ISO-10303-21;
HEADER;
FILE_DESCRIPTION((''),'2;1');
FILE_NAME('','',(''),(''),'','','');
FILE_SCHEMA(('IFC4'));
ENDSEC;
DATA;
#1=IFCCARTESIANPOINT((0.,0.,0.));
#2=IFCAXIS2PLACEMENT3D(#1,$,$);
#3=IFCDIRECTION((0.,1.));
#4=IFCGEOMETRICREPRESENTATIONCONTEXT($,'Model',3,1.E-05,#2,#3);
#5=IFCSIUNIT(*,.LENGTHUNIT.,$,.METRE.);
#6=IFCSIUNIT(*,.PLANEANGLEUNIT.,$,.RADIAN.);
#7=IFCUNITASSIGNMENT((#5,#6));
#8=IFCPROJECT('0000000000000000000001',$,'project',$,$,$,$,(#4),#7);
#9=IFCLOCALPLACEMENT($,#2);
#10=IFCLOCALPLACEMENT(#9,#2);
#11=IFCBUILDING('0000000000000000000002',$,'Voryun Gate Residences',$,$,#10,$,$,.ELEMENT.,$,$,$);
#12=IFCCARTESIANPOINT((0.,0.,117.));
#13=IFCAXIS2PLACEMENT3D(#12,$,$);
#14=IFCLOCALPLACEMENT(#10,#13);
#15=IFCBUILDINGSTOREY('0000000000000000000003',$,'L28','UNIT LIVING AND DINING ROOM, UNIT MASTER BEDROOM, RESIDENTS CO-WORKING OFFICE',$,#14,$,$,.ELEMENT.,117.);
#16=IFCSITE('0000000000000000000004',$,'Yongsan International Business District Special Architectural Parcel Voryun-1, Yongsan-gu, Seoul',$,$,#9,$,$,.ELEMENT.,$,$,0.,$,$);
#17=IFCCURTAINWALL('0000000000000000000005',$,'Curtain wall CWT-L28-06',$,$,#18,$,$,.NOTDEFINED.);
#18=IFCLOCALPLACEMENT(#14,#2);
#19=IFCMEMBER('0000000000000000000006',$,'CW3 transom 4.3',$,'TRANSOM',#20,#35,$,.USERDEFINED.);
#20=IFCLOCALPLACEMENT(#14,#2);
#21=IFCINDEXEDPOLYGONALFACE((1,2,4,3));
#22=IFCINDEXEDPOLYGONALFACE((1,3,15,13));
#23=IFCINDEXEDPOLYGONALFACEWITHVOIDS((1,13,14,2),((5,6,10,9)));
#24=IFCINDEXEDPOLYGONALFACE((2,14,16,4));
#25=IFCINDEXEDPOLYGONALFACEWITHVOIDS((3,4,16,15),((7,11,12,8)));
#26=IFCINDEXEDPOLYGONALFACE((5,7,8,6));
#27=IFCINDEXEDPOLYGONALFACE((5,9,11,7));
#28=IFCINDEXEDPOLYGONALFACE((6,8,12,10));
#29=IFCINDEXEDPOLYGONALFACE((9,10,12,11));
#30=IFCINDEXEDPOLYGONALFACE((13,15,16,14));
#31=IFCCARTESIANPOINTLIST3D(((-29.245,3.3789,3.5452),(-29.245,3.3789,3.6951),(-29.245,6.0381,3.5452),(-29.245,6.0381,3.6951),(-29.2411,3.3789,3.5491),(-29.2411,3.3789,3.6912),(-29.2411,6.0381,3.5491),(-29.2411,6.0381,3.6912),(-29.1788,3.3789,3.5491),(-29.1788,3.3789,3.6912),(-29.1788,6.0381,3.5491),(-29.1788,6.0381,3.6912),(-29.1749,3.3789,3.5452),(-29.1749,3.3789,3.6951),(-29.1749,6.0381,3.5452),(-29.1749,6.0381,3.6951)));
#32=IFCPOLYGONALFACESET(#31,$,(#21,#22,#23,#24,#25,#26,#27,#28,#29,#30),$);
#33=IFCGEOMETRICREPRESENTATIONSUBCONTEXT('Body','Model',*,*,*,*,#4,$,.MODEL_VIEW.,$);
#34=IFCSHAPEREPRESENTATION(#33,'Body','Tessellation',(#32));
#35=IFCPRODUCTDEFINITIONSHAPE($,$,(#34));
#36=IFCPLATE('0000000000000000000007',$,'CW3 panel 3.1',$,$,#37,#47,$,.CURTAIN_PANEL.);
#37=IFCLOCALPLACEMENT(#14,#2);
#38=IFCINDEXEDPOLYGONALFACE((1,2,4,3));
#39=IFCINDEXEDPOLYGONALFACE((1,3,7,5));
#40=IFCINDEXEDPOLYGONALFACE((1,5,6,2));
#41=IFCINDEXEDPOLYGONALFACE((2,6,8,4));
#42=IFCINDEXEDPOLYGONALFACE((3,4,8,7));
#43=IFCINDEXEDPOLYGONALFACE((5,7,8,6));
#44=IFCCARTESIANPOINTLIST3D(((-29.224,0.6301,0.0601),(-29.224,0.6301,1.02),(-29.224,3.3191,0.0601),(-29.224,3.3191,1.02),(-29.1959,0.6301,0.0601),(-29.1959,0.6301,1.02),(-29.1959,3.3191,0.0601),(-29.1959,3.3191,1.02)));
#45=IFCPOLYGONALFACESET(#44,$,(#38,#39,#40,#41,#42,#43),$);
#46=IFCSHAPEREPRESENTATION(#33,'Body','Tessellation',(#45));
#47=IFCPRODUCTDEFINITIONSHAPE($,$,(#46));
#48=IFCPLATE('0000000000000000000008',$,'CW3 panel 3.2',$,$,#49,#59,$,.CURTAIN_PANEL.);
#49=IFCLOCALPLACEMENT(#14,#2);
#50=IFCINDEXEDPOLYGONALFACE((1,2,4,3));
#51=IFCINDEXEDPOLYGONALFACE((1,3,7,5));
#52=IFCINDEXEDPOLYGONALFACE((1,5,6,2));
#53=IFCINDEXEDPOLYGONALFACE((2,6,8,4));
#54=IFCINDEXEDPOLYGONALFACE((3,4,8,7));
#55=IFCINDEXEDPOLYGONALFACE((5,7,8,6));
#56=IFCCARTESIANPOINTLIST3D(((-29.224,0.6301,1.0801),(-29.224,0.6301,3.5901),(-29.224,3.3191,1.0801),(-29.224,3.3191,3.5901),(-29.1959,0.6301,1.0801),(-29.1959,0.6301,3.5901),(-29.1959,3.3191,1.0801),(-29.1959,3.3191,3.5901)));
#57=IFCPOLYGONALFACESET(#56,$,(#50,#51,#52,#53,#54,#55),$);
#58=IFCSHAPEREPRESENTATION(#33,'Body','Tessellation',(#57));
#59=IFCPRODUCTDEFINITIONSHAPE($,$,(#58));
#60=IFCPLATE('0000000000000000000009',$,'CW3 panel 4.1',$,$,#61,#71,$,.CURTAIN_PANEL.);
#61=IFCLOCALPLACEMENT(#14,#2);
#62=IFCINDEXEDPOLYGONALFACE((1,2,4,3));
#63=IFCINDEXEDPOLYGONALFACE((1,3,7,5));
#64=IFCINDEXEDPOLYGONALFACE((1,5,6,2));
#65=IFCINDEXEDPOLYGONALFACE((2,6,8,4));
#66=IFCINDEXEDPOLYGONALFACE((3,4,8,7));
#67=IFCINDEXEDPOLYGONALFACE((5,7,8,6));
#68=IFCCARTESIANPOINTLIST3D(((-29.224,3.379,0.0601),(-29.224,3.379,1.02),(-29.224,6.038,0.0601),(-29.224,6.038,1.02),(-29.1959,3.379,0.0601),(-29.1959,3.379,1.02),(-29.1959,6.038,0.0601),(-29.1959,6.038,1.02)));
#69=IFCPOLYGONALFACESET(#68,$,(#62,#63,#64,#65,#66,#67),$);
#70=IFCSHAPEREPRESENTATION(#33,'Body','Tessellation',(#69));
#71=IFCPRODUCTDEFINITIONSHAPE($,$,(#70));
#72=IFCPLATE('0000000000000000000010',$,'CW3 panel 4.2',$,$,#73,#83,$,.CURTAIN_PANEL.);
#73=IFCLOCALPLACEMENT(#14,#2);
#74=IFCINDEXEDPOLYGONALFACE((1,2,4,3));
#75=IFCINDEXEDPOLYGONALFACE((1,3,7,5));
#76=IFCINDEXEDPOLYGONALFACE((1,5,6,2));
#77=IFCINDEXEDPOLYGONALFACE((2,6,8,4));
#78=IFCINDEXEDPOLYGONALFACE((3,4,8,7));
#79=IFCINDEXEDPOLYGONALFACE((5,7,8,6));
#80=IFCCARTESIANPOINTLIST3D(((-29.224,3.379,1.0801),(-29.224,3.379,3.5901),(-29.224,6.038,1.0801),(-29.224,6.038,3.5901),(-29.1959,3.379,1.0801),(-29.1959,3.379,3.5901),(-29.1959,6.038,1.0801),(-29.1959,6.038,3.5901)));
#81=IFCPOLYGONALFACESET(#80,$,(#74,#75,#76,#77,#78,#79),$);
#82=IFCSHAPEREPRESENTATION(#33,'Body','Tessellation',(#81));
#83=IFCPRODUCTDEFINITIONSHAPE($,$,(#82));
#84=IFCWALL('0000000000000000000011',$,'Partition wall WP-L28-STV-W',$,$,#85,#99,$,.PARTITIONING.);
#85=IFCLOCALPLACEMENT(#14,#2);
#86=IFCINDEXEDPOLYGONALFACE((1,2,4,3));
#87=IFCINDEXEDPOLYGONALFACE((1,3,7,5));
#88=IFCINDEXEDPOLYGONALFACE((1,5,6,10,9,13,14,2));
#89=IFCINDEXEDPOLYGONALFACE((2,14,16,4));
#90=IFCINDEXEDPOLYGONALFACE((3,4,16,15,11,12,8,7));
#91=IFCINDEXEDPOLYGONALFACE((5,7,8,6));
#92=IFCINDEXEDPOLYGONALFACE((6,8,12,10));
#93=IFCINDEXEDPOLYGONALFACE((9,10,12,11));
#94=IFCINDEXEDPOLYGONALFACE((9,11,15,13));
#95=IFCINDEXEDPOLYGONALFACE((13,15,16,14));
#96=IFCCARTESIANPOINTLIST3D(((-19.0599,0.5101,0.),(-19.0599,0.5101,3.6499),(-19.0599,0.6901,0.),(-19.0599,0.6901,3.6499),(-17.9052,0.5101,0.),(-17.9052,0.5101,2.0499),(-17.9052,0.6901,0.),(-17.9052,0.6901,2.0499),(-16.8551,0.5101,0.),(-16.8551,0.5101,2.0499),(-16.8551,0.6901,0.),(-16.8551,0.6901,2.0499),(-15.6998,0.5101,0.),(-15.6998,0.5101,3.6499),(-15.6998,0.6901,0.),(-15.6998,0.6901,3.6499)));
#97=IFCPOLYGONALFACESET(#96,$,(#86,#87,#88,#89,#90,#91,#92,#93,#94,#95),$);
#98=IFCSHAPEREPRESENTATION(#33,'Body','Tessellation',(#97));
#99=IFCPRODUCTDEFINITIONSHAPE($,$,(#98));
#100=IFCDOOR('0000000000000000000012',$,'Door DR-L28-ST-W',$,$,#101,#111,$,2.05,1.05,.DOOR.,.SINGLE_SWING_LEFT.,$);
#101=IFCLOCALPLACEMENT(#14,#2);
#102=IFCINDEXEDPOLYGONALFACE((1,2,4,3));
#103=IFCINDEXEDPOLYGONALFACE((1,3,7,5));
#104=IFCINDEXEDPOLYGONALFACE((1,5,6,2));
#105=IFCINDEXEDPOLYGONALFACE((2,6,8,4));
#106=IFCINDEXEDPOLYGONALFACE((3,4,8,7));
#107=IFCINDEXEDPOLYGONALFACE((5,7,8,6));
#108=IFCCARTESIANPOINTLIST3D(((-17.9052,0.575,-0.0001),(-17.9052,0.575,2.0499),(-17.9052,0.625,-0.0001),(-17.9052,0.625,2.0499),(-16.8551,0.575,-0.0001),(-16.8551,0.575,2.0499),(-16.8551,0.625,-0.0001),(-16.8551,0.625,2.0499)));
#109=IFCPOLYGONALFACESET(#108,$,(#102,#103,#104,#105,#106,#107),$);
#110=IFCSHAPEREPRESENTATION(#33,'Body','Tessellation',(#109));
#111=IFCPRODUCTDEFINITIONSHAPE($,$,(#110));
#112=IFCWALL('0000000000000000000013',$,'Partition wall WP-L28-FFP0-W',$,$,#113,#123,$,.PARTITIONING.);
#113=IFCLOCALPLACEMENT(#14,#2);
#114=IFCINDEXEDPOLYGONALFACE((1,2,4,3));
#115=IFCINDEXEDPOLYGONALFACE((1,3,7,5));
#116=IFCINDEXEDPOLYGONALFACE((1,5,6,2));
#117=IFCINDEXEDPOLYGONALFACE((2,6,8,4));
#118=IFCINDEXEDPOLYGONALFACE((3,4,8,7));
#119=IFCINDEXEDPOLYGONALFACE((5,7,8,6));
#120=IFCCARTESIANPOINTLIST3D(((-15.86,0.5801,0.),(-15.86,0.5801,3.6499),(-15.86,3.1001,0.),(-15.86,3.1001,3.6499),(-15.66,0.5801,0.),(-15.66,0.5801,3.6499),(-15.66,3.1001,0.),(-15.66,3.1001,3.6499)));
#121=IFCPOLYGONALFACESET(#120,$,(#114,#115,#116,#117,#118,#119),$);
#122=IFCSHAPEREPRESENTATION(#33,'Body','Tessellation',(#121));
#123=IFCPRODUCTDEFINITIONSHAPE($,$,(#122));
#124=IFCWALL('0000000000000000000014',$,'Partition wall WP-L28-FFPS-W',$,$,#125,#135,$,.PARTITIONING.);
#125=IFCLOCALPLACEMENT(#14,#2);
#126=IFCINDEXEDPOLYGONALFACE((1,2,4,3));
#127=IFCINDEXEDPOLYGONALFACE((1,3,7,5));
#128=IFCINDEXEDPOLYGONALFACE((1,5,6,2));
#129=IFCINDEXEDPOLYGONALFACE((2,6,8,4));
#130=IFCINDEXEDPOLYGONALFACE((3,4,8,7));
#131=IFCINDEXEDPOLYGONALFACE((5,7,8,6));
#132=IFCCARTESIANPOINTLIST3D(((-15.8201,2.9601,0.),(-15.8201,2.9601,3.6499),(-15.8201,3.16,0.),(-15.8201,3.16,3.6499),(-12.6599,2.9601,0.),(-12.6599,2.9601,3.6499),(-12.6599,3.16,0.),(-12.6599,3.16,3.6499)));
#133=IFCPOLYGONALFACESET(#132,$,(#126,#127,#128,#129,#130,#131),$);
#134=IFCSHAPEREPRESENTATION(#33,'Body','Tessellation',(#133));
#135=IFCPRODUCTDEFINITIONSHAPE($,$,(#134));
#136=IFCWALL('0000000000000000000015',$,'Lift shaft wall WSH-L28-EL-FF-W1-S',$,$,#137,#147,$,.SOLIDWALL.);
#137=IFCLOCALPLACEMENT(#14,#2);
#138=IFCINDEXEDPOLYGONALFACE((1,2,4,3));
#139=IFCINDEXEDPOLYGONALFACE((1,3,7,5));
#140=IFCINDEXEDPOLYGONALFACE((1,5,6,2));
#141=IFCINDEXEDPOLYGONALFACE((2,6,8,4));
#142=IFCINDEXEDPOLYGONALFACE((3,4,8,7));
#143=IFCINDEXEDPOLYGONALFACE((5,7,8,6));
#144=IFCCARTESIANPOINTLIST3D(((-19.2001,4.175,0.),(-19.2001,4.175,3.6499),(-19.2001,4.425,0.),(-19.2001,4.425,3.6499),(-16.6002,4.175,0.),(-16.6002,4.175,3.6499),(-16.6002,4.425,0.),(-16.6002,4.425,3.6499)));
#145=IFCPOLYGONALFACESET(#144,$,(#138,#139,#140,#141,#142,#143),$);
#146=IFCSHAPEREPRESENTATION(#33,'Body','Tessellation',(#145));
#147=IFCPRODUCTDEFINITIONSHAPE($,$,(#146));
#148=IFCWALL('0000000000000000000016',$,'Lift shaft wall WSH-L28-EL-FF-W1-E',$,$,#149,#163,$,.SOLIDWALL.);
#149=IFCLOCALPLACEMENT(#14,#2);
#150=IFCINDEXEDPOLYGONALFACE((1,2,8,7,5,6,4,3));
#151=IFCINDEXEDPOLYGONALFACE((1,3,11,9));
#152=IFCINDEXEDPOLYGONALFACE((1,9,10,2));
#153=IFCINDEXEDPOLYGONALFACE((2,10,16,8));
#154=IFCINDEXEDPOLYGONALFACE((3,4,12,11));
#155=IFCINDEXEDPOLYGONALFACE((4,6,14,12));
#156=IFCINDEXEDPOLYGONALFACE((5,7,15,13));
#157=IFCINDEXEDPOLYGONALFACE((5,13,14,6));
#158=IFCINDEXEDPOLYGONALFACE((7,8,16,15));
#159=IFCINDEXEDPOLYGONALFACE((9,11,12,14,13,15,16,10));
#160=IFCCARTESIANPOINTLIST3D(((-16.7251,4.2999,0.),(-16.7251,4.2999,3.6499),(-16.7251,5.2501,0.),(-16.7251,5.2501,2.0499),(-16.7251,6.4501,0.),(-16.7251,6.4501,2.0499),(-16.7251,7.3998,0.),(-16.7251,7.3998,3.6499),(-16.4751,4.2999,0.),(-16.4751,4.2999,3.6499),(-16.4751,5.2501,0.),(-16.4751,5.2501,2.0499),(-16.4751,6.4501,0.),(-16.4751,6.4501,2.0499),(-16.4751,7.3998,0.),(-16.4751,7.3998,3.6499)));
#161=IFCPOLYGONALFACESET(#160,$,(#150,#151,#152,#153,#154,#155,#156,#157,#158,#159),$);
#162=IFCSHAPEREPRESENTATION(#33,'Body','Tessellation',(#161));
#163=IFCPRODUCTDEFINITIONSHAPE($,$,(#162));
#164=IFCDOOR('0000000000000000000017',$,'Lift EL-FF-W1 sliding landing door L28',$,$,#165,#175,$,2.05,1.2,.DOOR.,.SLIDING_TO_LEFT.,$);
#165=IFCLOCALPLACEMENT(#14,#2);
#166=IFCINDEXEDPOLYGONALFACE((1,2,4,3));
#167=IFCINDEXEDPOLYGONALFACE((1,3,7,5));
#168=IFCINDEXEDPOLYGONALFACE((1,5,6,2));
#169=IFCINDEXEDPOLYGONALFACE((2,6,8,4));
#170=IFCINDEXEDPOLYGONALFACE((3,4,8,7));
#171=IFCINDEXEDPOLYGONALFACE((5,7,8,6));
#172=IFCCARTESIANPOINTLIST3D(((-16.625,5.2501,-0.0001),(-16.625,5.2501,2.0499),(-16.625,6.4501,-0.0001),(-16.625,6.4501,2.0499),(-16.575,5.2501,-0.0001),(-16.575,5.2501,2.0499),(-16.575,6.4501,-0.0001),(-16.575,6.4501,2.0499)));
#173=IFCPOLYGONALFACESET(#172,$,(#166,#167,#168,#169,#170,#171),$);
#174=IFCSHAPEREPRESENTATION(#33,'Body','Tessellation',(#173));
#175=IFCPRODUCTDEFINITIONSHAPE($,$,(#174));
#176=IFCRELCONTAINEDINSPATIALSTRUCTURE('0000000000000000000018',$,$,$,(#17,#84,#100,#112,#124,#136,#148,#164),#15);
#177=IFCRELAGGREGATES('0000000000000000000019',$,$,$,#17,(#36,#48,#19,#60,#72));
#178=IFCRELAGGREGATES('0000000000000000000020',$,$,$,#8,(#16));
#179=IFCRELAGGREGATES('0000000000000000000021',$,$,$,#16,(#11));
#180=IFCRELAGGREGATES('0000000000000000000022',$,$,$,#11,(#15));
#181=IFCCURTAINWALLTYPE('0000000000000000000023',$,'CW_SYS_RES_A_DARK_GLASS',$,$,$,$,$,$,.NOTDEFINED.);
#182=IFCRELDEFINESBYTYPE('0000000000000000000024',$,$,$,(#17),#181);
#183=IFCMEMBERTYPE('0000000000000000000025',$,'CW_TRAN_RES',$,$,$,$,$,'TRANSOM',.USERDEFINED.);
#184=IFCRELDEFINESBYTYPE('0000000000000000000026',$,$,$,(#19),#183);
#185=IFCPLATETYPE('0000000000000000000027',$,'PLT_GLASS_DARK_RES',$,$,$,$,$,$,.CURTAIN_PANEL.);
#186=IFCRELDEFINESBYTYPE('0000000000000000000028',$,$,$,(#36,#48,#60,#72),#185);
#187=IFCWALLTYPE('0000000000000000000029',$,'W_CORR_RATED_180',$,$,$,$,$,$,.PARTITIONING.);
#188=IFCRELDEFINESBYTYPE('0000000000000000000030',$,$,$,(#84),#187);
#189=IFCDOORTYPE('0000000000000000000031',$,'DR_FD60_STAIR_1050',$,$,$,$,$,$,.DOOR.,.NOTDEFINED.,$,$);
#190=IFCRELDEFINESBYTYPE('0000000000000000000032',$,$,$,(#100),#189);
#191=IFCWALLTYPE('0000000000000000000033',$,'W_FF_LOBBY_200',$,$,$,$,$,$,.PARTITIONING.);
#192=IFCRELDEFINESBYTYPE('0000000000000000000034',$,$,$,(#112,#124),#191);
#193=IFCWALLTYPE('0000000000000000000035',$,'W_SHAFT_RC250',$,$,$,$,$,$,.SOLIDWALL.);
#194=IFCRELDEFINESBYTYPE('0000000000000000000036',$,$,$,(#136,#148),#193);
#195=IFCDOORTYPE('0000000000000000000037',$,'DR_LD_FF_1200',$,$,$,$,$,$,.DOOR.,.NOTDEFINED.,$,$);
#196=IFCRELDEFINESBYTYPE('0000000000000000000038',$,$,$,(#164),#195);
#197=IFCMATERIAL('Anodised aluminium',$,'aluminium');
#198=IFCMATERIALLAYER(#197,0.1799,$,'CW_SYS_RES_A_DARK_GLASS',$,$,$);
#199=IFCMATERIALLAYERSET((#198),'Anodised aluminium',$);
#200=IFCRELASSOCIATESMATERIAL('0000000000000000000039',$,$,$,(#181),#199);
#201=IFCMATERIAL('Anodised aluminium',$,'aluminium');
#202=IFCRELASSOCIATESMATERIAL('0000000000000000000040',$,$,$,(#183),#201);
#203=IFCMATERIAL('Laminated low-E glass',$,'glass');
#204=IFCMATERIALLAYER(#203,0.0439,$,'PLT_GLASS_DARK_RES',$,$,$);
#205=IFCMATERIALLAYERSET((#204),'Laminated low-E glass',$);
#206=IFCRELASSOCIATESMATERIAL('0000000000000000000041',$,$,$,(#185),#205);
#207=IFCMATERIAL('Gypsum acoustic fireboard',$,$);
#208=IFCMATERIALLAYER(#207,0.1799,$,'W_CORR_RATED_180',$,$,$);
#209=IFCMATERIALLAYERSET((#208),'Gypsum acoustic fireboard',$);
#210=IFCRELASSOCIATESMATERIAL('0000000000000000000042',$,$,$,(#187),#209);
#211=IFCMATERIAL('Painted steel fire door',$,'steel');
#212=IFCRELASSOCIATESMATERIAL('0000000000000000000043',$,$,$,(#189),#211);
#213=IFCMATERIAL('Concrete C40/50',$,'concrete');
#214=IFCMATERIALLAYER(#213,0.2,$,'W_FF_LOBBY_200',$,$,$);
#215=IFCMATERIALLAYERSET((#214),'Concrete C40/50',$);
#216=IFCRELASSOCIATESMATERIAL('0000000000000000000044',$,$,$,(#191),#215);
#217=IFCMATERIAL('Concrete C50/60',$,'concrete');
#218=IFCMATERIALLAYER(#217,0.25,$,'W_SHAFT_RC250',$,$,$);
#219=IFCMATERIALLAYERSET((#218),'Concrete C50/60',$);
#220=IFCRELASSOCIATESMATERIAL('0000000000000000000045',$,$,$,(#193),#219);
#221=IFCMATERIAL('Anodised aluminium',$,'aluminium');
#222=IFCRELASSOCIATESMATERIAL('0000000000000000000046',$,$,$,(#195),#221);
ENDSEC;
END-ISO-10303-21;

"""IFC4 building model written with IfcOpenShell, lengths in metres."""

from ifc_helpers import new_model, si_unit, direction, frame, frame_2d, origin, origin_2d, place, context, subcontext, project, spatial, rectangle, hollow_rectangle, extrude, material, layer, layer_set, material_profile, profile_set, type_object, element, fill, aggregate, save


model = new_model("IFC4")

# Units and contexts
model_context = context("Model", 3, precision=1e-05, world=origin(), true_north=direction((0.0, 1.0)))
body_context = subcontext(model_context, "Body", "Model", "MODEL_VIEW")
ifc_project = project(units=[si_unit("LENGTHUNIT", "METRE"), si_unit("PLANEANGLEUNIT", "RADIAN")], contexts=[model_context])

# Site, building, storey
site_placement = place(None, origin())
site = spatial("IfcSite", under=ifc_project, at=site_placement, Name="Yongsan International Business District Special Architectural Parcel Voryun-1, Yongsan-gu, Seoul", CompositionType="ELEMENT", RefElevation=0.0)
building_placement = place(site_placement, origin())
building = spatial("IfcBuilding", under=site, at=building_placement, Name="Voryun Gate Residences", CompositionType="ELEMENT")
storey_placement = place(building_placement, frame((0.0, 0.0, 117.0)))
storey = spatial("IfcBuildingStorey", under=building, at=storey_placement, Name="L28", Description="UNIT LIVING AND DINING ROOM, UNIT MASTER BEDROOM, RESIDENTS CO-WORKING OFFICE", CompositionType="ELEMENT", Elevation=117.0)

# Curtain wall, member, plates
ifc_material_1 = material(Name="Anodised aluminium", Category="aluminium")
ifc_layer_1 = layer(ifc_material_1, 0.1799, Name="CW_SYS_RES_A_DARK_GLASS")
ifc_layer_set_1 = layer_set([ifc_layer_1], Name="Anodised aluminium")
curtain_wall_type = type_object("IfcCurtainWallType", Name="CW_SYS_RES_A_DARK_GLASS", PredefinedType="NOTDEFINED", material=ifc_layer_set_1)
curtain_wall_placement = place(storey_placement, origin())
curtain_wall = element("IfcCurtainWall", 1, at=curtain_wall_placement, inside=storey, type_object=curtain_wall_type, Name="Curtain wall CWT-L28-06", PredefinedType="NOTDEFINED")
ifc_material_2 = material(Name="Anodised aluminium", Category="aluminium")
ifc_material_profile_1 = material_profile(ifc_material_2, hollow_rectangle(XDim=0.0701, YDim=0.1499, WallThickness=0.0039, at=origin_2d()), Name="ALU-TRAN-150x70x4")
ifc_profile_set_1 = profile_set([ifc_material_profile_1], Name="Anodised aluminium")
member_type_1 = type_object("IfcMemberType", Name="CW_TRAN_RES", ElementType="TRANSOM", PredefinedType="USERDEFINED", material=ifc_profile_set_1)
member_1_placement = place(storey_placement, frame((-29.21, 3.3789, 3.6201), z_axis=(0.0, 1.0, 0.0), x_axis=(-1.0, 0.0, 0.0)))
member_1 = element("IfcMember", 2, at=member_1_placement, type_object=member_type_1, Name="CW3 transom 4.3", ObjectType="TRANSOM", PredefinedType="USERDEFINED", context=body_context, shape_type="SweptSolid", body=[
    extrude(hollow_rectangle(XDim=0.0701, YDim=0.1499, WallThickness=0.0039, at=origin_2d()), origin(), (0.0, 0.0, 1.0), 2.6592),
])
ifc_material_3 = material(Name="Laminated low-E glass", Category="glass")
ifc_layer_2 = layer(ifc_material_3, 0.0439, Name="PLT_GLASS_DARK_RES")
ifc_layer_set_2 = layer_set([ifc_layer_2], Name="Laminated low-E glass")
plate_type = type_object("IfcPlateType", Name="PLT_GLASS_DARK_RES", PredefinedType="CURTAIN_PANEL", material=ifc_layer_set_2)
plate_1_placement = place(storey_placement, frame((-29.21, 1.9746, 0.0601), z_axis=(0.0, 0.0, 1.0), x_axis=(0.0, 1.0, 0.0)))
plate_1 = element("IfcPlate", 3, at=plate_1_placement, type_object=plate_type, Name="CW3 panel 3.1", PredefinedType="CURTAIN_PANEL", context=body_context, shape_type="SweptSolid", body=[
    extrude(rectangle(XDim=2.689, YDim=0.0281, at=origin_2d()), origin(), (0.0, 0.0, 1.0), 0.96),
])
plate_2_placement = place(storey_placement, frame((-29.21, 1.9746, 1.0801), z_axis=(0.0, 0.0, 1.0), x_axis=(0.0, 1.0, 0.0)))
plate_2 = element("IfcPlate", 4, at=plate_2_placement, type_object=plate_type, Name="CW3 panel 3.2", PredefinedType="CURTAIN_PANEL", context=body_context, shape_type="SweptSolid", body=[
    extrude(rectangle(XDim=2.689, YDim=0.0281, at=origin_2d()), origin(), (0.0, 0.0, 1.0), 2.51),
])
plate_3_placement = place(storey_placement, frame((-29.21, 4.7085, 0.0601), z_axis=(0.0, 0.0, 1.0), x_axis=(0.0, 1.0, 0.0)))
plate_3 = element("IfcPlate", 5, at=plate_3_placement, type_object=plate_type, Name="CW3 panel 4.1", PredefinedType="CURTAIN_PANEL", context=body_context, shape_type="SweptSolid", body=[
    extrude(rectangle(XDim=2.6589, YDim=0.0281, at=origin_2d()), origin(), (0.0, 0.0, 1.0), 0.96),
])
plate_4_placement = place(storey_placement, frame((-29.21, 4.7085, 1.0801), z_axis=(0.0, 0.0, 1.0), x_axis=(0.0, 1.0, 0.0)))
plate_4 = element("IfcPlate", 6, at=plate_4_placement, type_object=plate_type, Name="CW3 panel 4.2", PredefinedType="CURTAIN_PANEL", context=body_context, shape_type="SweptSolid", body=[
    extrude(rectangle(XDim=2.6589, YDim=0.0281, at=origin_2d()), origin(), (0.0, 0.0, 1.0), 2.51),
])
aggregate(curtain_wall, [plate_1, plate_2, member_1, plate_3, plate_4])

# Wall, opening, door
ifc_material_4 = material(Name="Gypsum acoustic fireboard")
ifc_layer_3 = layer(ifc_material_4, 0.1799, Name="W_CORR_RATED_180")
ifc_layer_set_3 = layer_set([ifc_layer_3], Name="Gypsum acoustic fireboard")
wall_type_1 = type_object("IfcWallType", Name="W_CORR_RATED_180", PredefinedType="PARTITIONING", material=ifc_layer_set_3)
wall_1_placement = place(storey_placement, frame((-19.0601, 0.6001, 0.0), z_axis=(0.0, 0.0, 1.0), x_axis=(1.0, 0.0, 0.0)))
wall_1 = element("IfcWall", 7, at=wall_1_placement, inside=storey, type_object=wall_type_1, Name="Partition wall WP-L28-STV-W", PredefinedType="PARTITIONING", context=body_context, shape_type="SweptSolid", body=[
    extrude(rectangle(XDim=3.3601, YDim=0.1799, at=frame_2d((1.6802, 0.0))), origin(), (0.0, 0.0, 1.0), 3.6499),
])
opening_1_placement = place(wall_1_placement, frame((1.155, 0.0, 0.0)))
opening_1 = element("IfcOpeningElement", 8, at=opening_1_placement, cuts=wall_1, PredefinedType="OPENING", context=body_context, shape_type="SweptSolid", body=[
    extrude(rectangle(XDim=1.05, YDim=2.05, at=frame_2d((0.5249, 1.0249))), frame((0.0, 0.0999, 0.0), z_axis=(0.0, -1.0, 0.0), x_axis=(1.0, 0.0, 0.0)), (0.0, 0.0, 1.0), 0.2),
])
ifc_material_5 = material(Name="Painted steel fire door", Category="steel")
door_type_1 = type_object("IfcDoorType", Name="DR_FD60_STAIR_1050", OperationType="NOTDEFINED", PredefinedType="DOOR", material=ifc_material_5)
door_1_placement = place(opening_1_placement, origin())
door_1 = element("IfcDoor", 9, at=door_1_placement, inside=storey, type_object=door_type_1, Name="Door DR-L28-ST-W", OperationType="SINGLE_SWING_LEFT", OverallHeight=2.05, OverallWidth=1.05, PredefinedType="DOOR", context=body_context, shape_type="SweptSolid", body=[
    extrude(rectangle(XDim=1.05, YDim=2.05, at=frame_2d((0.5249, 1.0249))), frame((0.0, 0.0249, 0.0), z_axis=(0.0, -1.0, 0.0), x_axis=(1.0, 0.0, 0.0)), (0.0, 0.0, 1.0), 0.05),
])
fill(opening_1, door_1)

# Walls
ifc_material_6 = material(Name="Concrete C40/50", Category="concrete")
ifc_layer_4 = layer(ifc_material_6, 0.2, Name="W_FF_LOBBY_200")
ifc_layer_set_4 = layer_set([ifc_layer_4], Name="Concrete C40/50")
wall_type_2 = type_object("IfcWallType", Name="W_FF_LOBBY_200", PredefinedType="PARTITIONING", material=ifc_layer_set_4)
wall_2_placement = place(storey_placement, frame((-15.76, 0.5801, 0.0), z_axis=(0.0, 0.0, 1.0), x_axis=(0.0, 1.0, 0.0)))
element("IfcWall", 10, at=wall_2_placement, inside=storey, type_object=wall_type_2, Name="Partition wall WP-L28-FFP0-W", PredefinedType="PARTITIONING", context=body_context, shape_type="SweptSolid", body=[
    extrude(rectangle(XDim=2.52, YDim=0.2, at=frame_2d((1.26, 0.0))), origin(), (0.0, 0.0, 1.0), 3.6499),
])
wall_3_placement = place(storey_placement, frame((-15.8201, 3.0601, 0.0), z_axis=(0.0, 0.0, 1.0), x_axis=(1.0, 0.0, 0.0)))
element("IfcWall", 11, at=wall_3_placement, inside=storey, type_object=wall_type_2, Name="Partition wall WP-L28-FFPS-W", PredefinedType="PARTITIONING", context=body_context, shape_type="SweptSolid", body=[
    extrude(rectangle(XDim=3.1602, YDim=0.2, at=frame_2d((1.5801, 0.0))), origin(), (0.0, 0.0, 1.0), 3.6499),
])
ifc_material_7 = material(Name="Concrete C50/60", Category="concrete")
ifc_layer_5 = layer(ifc_material_7, 0.25, Name="W_SHAFT_RC250")
ifc_layer_set_5 = layer_set([ifc_layer_5], Name="Concrete C50/60")
wall_type_3 = type_object("IfcWallType", Name="W_SHAFT_RC250", PredefinedType="SOLIDWALL", material=ifc_layer_set_5)
wall_4_placement = place(storey_placement, frame((-19.2, 4.3, 0.0), z_axis=(0.0, 0.0, 1.0), x_axis=(1.0, 0.0, 0.0)))
element("IfcWall", 12, at=wall_4_placement, inside=storey, type_object=wall_type_3, Name="Lift shaft wall WSH-L28-EL-FF-W1-S", PredefinedType="SOLIDWALL", context=body_context, shape_type="SweptSolid", body=[
    extrude(rectangle(XDim=2.5999, YDim=0.25, at=frame_2d((1.2998, 0.0))), origin(), (0.0, 0.0, 1.0), 3.6499),
])

# Wall, opening, door
wall_5_placement = place(storey_placement, frame((-16.6001, 4.3, 0.0), z_axis=(0.0, 0.0, 1.0), x_axis=(0.0, 1.0, 0.0)))
wall_5 = element("IfcWall", 13, at=wall_5_placement, inside=storey, type_object=wall_type_3, Name="Lift shaft wall WSH-L28-EL-FF-W1-E", PredefinedType="SOLIDWALL", context=body_context, shape_type="SweptSolid", body=[
    extrude(rectangle(XDim=3.0999, YDim=0.25, at=frame_2d((1.5498, 0.0))), origin(), (0.0, 0.0, 1.0), 3.6499),
])
opening_2_placement = place(wall_5_placement, frame((0.95, 0.0, 0.0)))
opening_2 = element("IfcOpeningElement", 14, at=opening_2_placement, cuts=wall_5, PredefinedType="OPENING", context=body_context, shape_type="SweptSolid", body=[
    extrude(rectangle(XDim=1.2, YDim=2.05, at=frame_2d((0.6001, 1.0249))), frame((0.0, 0.135, 0.0), z_axis=(0.0, -1.0, 0.0), x_axis=(1.0, 0.0, 0.0)), (0.0, 0.0, 1.0), 0.27),
])
ifc_material_8 = material(Name="Anodised aluminium", Category="aluminium")
door_type_2 = type_object("IfcDoorType", Name="DR_LD_FF_1200", OperationType="NOTDEFINED", PredefinedType="DOOR", material=ifc_material_8)
door_2_placement = place(opening_2_placement, origin())
door_2 = element("IfcDoor", 15, at=door_2_placement, inside=storey, type_object=door_type_2, Name="Lift EL-FF-W1 sliding landing door L28", OperationType="SLIDING_TO_LEFT", OverallHeight=2.05, OverallWidth=1.2, PredefinedType="DOOR", context=body_context, shape_type="SweptSolid", body=[
    extrude(rectangle(XDim=1.2, YDim=2.05, at=frame_2d((0.6001, 1.0249))), frame((0.0, 0.0249, 0.0), z_axis=(0.0, -1.0, 0.0), x_axis=(1.0, 0.0, 0.0)), (0.0, 0.0, 1.0), 0.05),
])
fill(opening_2, door_2)

save(model, "model.ifc")
